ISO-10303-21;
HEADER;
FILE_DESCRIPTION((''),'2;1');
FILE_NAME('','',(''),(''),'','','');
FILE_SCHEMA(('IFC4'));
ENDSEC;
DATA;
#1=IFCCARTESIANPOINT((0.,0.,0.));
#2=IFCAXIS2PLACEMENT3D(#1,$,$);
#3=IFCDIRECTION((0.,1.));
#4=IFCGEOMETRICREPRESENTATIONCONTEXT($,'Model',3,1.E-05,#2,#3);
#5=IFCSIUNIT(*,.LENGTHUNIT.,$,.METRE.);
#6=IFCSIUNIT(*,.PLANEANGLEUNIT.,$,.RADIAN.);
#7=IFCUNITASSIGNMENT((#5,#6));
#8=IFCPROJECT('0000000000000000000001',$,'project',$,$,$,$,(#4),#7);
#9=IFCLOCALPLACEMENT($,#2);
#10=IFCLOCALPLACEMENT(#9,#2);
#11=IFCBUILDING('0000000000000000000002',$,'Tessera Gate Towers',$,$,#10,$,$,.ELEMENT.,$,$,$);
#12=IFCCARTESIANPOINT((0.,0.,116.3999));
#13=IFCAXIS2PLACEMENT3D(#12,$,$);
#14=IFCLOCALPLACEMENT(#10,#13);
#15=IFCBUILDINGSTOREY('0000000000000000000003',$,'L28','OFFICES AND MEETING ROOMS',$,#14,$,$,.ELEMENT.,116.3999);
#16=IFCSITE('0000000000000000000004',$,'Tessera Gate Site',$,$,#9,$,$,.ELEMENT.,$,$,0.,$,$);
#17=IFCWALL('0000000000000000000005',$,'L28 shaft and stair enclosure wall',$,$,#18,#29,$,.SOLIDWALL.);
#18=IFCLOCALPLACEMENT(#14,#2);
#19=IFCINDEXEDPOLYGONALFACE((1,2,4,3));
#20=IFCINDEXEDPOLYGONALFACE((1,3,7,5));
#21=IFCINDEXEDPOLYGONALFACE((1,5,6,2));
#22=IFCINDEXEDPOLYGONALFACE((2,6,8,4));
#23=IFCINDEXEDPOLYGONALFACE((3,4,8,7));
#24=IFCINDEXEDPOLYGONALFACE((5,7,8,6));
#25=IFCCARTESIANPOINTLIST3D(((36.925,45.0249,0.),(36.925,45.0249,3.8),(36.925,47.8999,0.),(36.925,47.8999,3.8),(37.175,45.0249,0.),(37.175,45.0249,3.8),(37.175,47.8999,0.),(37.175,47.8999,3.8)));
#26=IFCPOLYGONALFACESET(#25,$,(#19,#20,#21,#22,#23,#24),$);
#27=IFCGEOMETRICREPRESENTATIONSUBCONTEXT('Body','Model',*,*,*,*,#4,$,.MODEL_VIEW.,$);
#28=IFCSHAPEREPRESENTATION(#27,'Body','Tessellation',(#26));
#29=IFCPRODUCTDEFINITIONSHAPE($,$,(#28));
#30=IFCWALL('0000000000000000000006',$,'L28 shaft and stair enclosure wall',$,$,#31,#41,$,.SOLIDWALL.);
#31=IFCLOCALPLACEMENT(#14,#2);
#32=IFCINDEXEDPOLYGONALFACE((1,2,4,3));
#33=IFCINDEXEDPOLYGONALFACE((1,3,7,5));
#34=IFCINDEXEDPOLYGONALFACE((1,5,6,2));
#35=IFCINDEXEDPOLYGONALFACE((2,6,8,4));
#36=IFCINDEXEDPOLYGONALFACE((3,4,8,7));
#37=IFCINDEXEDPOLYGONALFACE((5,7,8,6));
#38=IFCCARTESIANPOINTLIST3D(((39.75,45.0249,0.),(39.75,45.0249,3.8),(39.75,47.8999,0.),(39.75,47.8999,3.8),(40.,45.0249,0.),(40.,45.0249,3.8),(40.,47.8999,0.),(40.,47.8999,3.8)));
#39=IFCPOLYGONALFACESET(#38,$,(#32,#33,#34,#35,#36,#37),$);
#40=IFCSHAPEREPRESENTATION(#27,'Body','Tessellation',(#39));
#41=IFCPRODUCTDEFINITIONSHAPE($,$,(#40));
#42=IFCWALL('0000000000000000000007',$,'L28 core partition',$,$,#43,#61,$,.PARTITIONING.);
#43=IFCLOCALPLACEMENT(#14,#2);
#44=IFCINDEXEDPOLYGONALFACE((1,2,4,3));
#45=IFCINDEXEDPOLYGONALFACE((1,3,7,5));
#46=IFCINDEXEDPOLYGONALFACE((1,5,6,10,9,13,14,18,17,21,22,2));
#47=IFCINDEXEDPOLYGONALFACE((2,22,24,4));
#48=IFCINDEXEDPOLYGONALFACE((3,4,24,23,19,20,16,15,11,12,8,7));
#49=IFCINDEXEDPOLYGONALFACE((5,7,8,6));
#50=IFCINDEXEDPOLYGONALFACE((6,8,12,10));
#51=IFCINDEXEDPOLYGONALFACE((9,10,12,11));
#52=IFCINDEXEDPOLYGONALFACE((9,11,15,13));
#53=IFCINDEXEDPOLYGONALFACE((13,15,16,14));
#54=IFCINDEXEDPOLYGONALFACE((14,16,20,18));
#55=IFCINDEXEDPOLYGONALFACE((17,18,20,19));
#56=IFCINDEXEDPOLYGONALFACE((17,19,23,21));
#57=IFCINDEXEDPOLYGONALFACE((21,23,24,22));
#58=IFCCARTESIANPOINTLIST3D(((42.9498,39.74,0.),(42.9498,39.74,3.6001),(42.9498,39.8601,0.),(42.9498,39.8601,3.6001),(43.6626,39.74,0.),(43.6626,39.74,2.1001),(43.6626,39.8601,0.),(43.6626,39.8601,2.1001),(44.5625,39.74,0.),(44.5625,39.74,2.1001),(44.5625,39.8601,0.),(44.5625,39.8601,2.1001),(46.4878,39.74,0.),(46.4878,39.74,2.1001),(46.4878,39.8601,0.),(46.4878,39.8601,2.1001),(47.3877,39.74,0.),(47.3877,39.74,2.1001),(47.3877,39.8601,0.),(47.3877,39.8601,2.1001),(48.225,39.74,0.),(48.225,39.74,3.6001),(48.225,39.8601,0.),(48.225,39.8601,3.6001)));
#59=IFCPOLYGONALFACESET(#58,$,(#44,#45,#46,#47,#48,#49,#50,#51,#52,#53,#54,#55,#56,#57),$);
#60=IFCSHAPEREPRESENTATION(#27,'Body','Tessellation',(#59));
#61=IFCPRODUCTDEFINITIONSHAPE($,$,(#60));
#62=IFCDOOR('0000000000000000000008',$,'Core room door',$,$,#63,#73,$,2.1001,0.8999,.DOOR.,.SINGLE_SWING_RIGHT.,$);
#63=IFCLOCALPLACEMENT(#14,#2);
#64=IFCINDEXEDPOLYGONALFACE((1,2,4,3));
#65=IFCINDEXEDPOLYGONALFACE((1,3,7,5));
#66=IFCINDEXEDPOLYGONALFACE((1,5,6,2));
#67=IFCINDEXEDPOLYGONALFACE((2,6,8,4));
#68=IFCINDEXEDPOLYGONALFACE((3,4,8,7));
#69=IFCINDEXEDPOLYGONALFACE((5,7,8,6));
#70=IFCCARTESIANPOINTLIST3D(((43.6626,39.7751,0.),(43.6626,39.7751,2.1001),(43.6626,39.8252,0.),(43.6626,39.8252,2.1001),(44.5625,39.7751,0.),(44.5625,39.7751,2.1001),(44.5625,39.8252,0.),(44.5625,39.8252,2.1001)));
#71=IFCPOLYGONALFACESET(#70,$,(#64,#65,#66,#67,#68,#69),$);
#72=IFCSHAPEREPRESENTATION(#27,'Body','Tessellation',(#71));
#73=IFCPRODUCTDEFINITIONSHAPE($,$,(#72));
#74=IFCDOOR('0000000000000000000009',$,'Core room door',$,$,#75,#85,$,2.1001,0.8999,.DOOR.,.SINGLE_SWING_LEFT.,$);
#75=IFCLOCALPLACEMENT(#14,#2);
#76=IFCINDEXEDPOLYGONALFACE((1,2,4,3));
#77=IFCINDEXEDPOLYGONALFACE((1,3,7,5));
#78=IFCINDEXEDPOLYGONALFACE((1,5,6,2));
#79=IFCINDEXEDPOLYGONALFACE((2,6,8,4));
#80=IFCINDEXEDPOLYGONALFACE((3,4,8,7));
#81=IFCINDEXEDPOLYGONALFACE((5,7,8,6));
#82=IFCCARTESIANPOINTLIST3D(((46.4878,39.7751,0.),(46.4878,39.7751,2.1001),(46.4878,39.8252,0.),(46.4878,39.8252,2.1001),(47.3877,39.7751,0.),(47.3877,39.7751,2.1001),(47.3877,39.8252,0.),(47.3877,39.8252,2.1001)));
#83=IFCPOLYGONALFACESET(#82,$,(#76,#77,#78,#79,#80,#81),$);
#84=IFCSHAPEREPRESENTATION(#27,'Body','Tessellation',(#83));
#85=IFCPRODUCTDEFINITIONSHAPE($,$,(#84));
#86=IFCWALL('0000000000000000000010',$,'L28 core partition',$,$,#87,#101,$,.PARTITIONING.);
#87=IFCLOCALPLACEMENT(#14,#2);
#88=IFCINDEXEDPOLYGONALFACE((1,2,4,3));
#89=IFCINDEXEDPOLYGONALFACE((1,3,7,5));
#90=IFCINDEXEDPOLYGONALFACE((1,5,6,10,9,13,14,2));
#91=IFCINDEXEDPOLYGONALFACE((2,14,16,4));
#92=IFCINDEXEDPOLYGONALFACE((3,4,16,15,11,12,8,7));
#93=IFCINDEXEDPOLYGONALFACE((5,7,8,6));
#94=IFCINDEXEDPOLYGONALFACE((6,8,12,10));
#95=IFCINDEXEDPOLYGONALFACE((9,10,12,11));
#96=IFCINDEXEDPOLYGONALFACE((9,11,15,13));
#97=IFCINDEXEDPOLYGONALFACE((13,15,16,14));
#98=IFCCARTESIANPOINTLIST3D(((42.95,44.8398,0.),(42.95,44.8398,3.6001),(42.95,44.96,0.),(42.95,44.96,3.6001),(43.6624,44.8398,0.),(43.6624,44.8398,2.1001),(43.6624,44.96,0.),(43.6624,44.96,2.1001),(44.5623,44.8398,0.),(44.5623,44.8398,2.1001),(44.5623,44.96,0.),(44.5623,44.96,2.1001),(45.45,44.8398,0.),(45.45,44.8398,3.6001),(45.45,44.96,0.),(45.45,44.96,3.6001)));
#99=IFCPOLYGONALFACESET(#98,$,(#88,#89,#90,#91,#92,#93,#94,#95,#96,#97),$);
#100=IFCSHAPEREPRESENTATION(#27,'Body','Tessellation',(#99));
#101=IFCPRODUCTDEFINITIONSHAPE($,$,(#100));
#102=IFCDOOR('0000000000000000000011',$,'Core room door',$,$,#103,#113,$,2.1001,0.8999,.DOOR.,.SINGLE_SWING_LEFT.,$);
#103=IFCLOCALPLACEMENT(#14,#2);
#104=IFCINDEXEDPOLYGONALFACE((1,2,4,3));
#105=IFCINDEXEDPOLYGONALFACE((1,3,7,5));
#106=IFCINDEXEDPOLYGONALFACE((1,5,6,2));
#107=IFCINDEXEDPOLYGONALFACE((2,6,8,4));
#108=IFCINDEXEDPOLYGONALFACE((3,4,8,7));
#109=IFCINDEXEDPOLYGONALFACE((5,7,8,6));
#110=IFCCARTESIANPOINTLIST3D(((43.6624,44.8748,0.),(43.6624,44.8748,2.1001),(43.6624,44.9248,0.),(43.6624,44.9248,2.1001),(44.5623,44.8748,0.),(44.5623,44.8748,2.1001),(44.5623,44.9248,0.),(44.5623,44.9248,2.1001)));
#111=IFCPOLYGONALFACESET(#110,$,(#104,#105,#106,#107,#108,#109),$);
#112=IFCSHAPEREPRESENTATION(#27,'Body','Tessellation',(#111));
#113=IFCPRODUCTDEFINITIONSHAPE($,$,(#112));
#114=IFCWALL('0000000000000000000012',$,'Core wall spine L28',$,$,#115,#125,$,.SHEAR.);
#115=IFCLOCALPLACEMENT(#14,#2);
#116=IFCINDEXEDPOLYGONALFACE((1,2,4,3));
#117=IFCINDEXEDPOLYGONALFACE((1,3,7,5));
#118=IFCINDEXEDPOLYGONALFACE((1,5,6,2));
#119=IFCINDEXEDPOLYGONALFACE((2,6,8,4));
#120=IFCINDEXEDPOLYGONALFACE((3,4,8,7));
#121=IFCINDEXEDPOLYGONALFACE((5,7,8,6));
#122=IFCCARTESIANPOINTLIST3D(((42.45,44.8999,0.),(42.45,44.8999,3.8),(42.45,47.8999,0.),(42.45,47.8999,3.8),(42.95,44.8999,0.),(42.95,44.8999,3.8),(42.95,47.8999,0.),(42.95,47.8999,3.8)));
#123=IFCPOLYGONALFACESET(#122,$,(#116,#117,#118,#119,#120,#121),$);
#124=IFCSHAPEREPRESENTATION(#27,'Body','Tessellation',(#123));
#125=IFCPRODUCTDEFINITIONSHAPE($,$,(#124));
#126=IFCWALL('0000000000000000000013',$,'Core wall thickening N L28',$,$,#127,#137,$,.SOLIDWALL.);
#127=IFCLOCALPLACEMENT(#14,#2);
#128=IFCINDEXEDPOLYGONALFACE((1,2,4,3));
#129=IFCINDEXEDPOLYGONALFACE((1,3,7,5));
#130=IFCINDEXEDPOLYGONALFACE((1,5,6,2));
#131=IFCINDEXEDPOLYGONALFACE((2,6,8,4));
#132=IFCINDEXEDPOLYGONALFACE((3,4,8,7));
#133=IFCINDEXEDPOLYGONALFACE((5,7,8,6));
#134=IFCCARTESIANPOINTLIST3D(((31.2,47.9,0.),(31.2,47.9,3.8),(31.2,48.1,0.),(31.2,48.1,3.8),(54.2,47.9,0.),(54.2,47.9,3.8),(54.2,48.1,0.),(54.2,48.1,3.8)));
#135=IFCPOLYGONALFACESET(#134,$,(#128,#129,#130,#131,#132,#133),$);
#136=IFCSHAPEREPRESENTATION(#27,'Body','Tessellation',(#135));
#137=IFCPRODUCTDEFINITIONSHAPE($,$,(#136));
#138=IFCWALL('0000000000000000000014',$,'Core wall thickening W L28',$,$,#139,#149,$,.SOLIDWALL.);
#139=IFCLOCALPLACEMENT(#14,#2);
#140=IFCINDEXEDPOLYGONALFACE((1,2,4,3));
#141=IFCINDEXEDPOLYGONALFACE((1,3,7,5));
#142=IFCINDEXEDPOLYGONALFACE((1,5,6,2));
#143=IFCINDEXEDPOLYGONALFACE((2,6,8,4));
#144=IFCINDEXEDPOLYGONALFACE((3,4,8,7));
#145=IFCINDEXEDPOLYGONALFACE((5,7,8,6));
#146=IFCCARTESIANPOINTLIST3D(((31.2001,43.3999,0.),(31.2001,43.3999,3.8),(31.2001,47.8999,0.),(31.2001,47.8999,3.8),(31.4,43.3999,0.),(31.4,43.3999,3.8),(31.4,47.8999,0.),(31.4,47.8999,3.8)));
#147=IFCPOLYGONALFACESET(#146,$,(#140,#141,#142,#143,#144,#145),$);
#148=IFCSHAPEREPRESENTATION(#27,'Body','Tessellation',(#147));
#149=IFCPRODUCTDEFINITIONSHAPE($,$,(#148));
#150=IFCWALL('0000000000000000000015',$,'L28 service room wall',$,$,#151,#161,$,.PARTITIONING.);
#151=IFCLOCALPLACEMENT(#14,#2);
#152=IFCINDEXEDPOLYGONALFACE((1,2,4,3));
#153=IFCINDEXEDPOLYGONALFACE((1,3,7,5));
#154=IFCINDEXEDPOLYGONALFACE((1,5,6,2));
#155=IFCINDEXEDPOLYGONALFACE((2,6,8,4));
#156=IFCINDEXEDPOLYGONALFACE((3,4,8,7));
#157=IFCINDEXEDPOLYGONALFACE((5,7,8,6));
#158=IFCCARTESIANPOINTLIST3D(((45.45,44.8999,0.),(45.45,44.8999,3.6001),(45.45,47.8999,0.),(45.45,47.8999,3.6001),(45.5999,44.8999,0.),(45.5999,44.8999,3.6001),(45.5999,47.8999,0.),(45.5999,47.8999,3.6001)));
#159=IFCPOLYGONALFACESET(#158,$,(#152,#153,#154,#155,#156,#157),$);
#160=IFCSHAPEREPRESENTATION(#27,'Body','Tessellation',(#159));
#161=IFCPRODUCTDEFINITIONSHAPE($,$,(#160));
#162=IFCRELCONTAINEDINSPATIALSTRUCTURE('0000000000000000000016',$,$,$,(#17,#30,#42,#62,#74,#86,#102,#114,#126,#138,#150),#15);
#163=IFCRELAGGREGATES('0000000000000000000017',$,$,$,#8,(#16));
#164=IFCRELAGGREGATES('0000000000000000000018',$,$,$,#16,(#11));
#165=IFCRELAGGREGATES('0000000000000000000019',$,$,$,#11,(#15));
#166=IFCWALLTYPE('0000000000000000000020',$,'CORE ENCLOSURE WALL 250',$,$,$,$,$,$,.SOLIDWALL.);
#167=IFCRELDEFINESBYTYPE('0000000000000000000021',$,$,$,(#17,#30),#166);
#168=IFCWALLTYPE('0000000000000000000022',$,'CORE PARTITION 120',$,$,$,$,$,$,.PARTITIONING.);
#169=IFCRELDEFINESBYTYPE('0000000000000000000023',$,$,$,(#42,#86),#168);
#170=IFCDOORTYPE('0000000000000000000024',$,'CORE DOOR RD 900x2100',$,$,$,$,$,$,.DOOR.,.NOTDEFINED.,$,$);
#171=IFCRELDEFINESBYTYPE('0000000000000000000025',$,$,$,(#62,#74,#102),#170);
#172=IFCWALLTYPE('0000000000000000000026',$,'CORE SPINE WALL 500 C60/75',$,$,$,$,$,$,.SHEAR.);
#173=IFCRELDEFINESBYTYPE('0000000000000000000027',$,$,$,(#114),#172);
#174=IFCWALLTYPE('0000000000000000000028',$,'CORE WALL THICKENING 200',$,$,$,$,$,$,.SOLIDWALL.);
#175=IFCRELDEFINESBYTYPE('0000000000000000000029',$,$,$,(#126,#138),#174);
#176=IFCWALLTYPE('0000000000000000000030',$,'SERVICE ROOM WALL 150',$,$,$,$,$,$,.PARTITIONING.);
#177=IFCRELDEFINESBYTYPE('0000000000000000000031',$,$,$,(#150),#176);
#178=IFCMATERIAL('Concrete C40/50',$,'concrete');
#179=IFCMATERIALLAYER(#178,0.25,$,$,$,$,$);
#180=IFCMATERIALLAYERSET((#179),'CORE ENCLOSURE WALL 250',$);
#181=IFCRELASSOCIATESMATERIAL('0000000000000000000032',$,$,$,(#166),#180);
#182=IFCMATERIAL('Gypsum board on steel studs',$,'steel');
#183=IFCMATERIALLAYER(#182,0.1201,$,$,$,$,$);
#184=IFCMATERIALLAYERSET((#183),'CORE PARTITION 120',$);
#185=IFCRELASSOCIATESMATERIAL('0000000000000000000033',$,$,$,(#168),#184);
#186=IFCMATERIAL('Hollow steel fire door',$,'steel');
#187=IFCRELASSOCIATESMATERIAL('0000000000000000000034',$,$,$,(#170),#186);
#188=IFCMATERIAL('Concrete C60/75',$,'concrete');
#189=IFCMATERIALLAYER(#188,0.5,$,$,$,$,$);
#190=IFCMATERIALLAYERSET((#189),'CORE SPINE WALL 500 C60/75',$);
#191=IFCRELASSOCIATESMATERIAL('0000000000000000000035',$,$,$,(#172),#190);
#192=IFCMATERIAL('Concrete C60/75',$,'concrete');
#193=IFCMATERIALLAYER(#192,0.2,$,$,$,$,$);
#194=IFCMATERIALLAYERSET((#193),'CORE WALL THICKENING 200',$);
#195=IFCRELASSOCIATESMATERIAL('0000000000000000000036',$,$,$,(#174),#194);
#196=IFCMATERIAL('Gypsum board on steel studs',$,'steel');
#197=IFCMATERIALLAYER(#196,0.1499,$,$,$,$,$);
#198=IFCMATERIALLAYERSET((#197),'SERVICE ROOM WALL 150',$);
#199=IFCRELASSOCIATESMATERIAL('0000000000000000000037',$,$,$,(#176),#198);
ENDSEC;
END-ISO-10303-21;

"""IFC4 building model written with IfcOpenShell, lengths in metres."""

from ifc_helpers import new_model, si_unit, direction, frame, frame_2d, origin, place, context, subcontext, project, spatial, rectangle, extrude, source, transform, mapped, material, layer, layer_set, type_object, element, fill, save


model = new_model("IFC4")

# Units and contexts
model_context = context("Model", 3, precision=1e-05, world=origin(), true_north=direction((0.0, 1.0)))
body_context = subcontext(model_context, "Body", "Model", "MODEL_VIEW")
ifc_project = project(units=[si_unit("LENGTHUNIT", "METRE"), si_unit("PLANEANGLEUNIT", "RADIAN")], contexts=[model_context])

# Site, building, storey
site_placement = place(None, origin())
site = spatial("IfcSite", under=ifc_project, at=site_placement, Name="Tessera Gate Site", CompositionType="ELEMENT", RefElevation=0.0)
building_placement = place(site_placement, origin())
building = spatial("IfcBuilding", under=site, at=building_placement, Name="Tessera Gate Towers", CompositionType="ELEMENT")
storey_placement = place(building_placement, frame((0.0, 0.0, 116.3999)))
storey = spatial("IfcBuildingStorey", under=building, at=storey_placement, Name="L28", Description="OFFICES AND MEETING ROOMS", CompositionType="ELEMENT", Elevation=116.3999)

# Shared definitions
ifc_material_1 = material(Name="Concrete C40/50", Category="concrete")
ifc_layer_1 = layer(ifc_material_1, 0.25)
ifc_layer_set_1 = layer_set([ifc_layer_1], Name="CORE ENCLOSURE WALL 250")
wall_type_1 = type_object("IfcWallType", Name="CORE ENCLOSURE WALL 250", PredefinedType="SOLIDWALL", material=ifc_layer_set_1)

# Walls
for number, where, z_axis, x_axis, name in (
    (1, (37.05, 45.0249, 0.0), (0.0, 0.0, 1.0), (0.0, 1.0, 0.0), "L28 shaft and stair enclosure wall"),
    (2, (39.875, 45.0249, 0.0), (0.0, 0.0, 1.0), (0.0, 1.0, 0.0), "L28 shaft and stair enclosure wall"),
):
    element("IfcWall", number, at=place(storey_placement, frame(where, z_axis=z_axis, x_axis=x_axis)), inside=storey, type_object=wall_type_1, Name=name, PredefinedType="SOLIDWALL", context=body_context, shape_type="SweptSolid", body=[
        extrude(rectangle(XDim=2.875, YDim=0.25, at=frame_2d((1.4375, 0.0))), origin(), (0.0, 0.0, 1.0), 3.8),
    ])

# Wall, openings, doors
ifc_material_2 = material(Name="Gypsum board on steel studs", Category="steel")
ifc_layer_2 = layer(ifc_material_2, 0.1201)
ifc_layer_set_2 = layer_set([ifc_layer_2], Name="CORE PARTITION 120")
wall_type_2 = type_object("IfcWallType", Name="CORE PARTITION 120", PredefinedType="PARTITIONING", material=ifc_layer_set_2)
wall_1_placement = place(storey_placement, frame((48.2251, 39.8, 0.0), z_axis=(0.0, 0.0, 1.0), x_axis=(-1.0, 0.0, 0.0)))
wall_1 = element("IfcWall", 3, at=wall_1_placement, inside=storey, type_object=wall_type_2, Name="L28 core partition", PredefinedType="PARTITIONING", context=body_context, shape_type="SweptSolid", body=[
    extrude(rectangle(XDim=5.2751, YDim=0.1201, at=frame_2d((2.6377, 0.0))), origin(), (0.0, 0.0, 1.0), 3.6001),
])
shared_shape_1 = source(origin(), body_context, "Body", "SweptSolid", [
    extrude(rectangle(XDim=0.8999, YDim=2.1001, at=frame_2d((0.45, 1.05))), frame((0.0, 0.0701, 0.0), z_axis=(0.0, -1.0, 0.0), x_axis=(1.0, 0.0, 0.0)), (0.0, 0.0, 1.0), 0.1401),
])
opening_1_placement = place(wall_1_placement, frame((3.6626, 0.0, 0.0)))
opening_1 = element("IfcOpeningElement", 4, at=opening_1_placement, cuts=wall_1, PredefinedType="OPENING", context=body_context, shape_type="MappedRepresentation", body=[
    mapped(shared_shape_1, transform((0.0, 0.0, 0.0), scale=1.0)),
])
opening_2_placement = place(wall_1_placement, frame((0.8374, 0.0, 0.0)))
opening_2 = element("IfcOpeningElement", 5, at=opening_2_placement, cuts=wall_1, PredefinedType="OPENING", context=body_context, shape_type="MappedRepresentation", body=[
    mapped(shared_shape_1, transform((0.0, 0.0, 0.0), scale=1.0)),
])
ifc_material_3 = material(Name="Hollow steel fire door", Category="steel")
door_type_1 = type_object("IfcDoorType", Name="CORE DOOR RD 900x2100", OperationType="NOTDEFINED", PredefinedType="DOOR", material=ifc_material_3)
shared_shape_2 = source(origin(), body_context, "Body", "SweptSolid", [
    extrude(rectangle(XDim=0.8999, YDim=2.1001, at=frame_2d((0.45, 1.05))), frame((0.0, 0.0249, 0.0), z_axis=(0.0, -1.0, 0.0), x_axis=(1.0, 0.0, 0.0)), (0.0, 0.0, 1.0), 0.05),
])
door_1_placement = place(opening_1_placement, origin())
door_1 = element("IfcDoor", 6, at=door_1_placement, inside=storey, type_object=door_type_1, Name="Core room door", OperationType="SINGLE_SWING_RIGHT", OverallHeight=2.1001, OverallWidth=0.8999, PredefinedType="DOOR", context=body_context, shape_type="MappedRepresentation", body=[
    mapped(shared_shape_2, transform((0.0, 0.0, 0.0), scale=1.0)),
])
fill(opening_1, door_1)
door_2_placement = place(opening_2_placement, origin())
door_2 = element("IfcDoor", 7, at=door_2_placement, inside=storey, type_object=door_type_1, Name="Core room door", OperationType="SINGLE_SWING_LEFT", OverallHeight=2.1001, OverallWidth=0.8999, PredefinedType="DOOR", context=body_context, shape_type="MappedRepresentation", body=[
    mapped(shared_shape_2, transform((0.0, 0.0, 0.0), scale=1.0)),
])
fill(opening_2, door_2)

# Wall, opening, door
wall_2_placement = place(storey_placement, frame((42.95, 44.8999, 0.0), z_axis=(0.0, 0.0, 1.0), x_axis=(1.0, 0.0, 0.0)))
wall_2 = element("IfcWall", 8, at=wall_2_placement, inside=storey, type_object=wall_type_2, Name="L28 core partition", PredefinedType="PARTITIONING", context=body_context, shape_type="SweptSolid", body=[
    extrude(rectangle(XDim=2.5, YDim=0.1201, at=frame_2d((1.25, 0.0))), origin(), (0.0, 0.0, 1.0), 3.6001),
])
opening_3_placement = place(wall_2_placement, frame((0.7124, 0.0, 0.0)))
opening_3 = element("IfcOpeningElement", 9, at=opening_3_placement, cuts=wall_2, PredefinedType="OPENING", context=body_context, shape_type="MappedRepresentation", body=[
    mapped(shared_shape_1, transform((0.0, 0.0, 0.0), scale=1.0)),
])
door_3_placement = place(opening_3_placement, origin())
door_3 = element("IfcDoor", 10, at=door_3_placement, inside=storey, type_object=door_type_1, Name="Core room door", OperationType="SINGLE_SWING_LEFT", OverallHeight=2.1001, OverallWidth=0.8999, PredefinedType="DOOR", context=body_context, shape_type="MappedRepresentation", body=[
    mapped(shared_shape_2, transform((0.0, 0.0, 0.0), scale=1.0)),
])
fill(opening_3, door_3)

# Walls
ifc_material_4 = material(Name="Concrete C60/75", Category="concrete")
ifc_layer_3 = layer(ifc_material_4, 0.5)
ifc_layer_set_3 = layer_set([ifc_layer_3], Name="CORE SPINE WALL 500 C60/75")
wall_type_3 = type_object("IfcWallType", Name="CORE SPINE WALL 500 C60/75", PredefinedType="SHEAR", material=ifc_layer_set_3)
wall_3_placement = place(storey_placement, frame((42.7, 44.8999, 0.0), z_axis=(0.0, 0.0, 1.0), x_axis=(0.0, 1.0, 0.0)))
element("IfcWall", 11, at=wall_3_placement, inside=storey, type_object=wall_type_3, Name="Core wall spine L28", PredefinedType="SHEAR", context=body_context, shape_type="SweptSolid", body=[
    extrude(rectangle(XDim=3.0, YDim=0.5, at=frame_2d((1.5, 0.0))), origin(), (0.0, 0.0, 1.0), 3.8),
])
ifc_material_5 = material(Name="Concrete C60/75", Category="concrete")
ifc_layer_4 = layer(ifc_material_5, 0.2)
ifc_layer_set_4 = layer_set([ifc_layer_4], Name="CORE WALL THICKENING 200")
wall_type_4 = type_object("IfcWallType", Name="CORE WALL THICKENING 200", PredefinedType="SOLIDWALL", material=ifc_layer_set_4)
wall_4_placement = place(storey_placement, frame((31.2, 48.0, 0.0), z_axis=(0.0, 0.0, 1.0), x_axis=(1.0, 0.0, 0.0)))
element("IfcWall", 12, at=wall_4_placement, inside=storey, type_object=wall_type_4, Name="Core wall thickening N L28", PredefinedType="SOLIDWALL", context=body_context, shape_type="SweptSolid", body=[
    extrude(rectangle(XDim=23.0, YDim=0.2, at=frame_2d((11.5, 0.0))), origin(), (0.0, 0.0, 1.0), 3.8),
])
wall_5_placement = place(storey_placement, frame((31.3, 43.3999, 0.0), z_axis=(0.0, 0.0, 1.0), x_axis=(0.0, 1.0, 0.0)))
element("IfcWall", 13, at=wall_5_placement, inside=storey, type_object=wall_type_4, Name="Core wall thickening W L28", PredefinedType="SOLIDWALL", context=body_context, shape_type="SweptSolid", body=[
    extrude(rectangle(XDim=4.5, YDim=0.2, at=frame_2d((2.25, 0.0))), origin(), (0.0, 0.0, 1.0), 3.8),
])
ifc_material_6 = material(Name="Gypsum board on steel studs", Category="steel")
ifc_layer_5 = layer(ifc_material_6, 0.1499)
ifc_layer_set_5 = layer_set([ifc_layer_5], Name="SERVICE ROOM WALL 150")
wall_type_5 = type_object("IfcWallType", Name="SERVICE ROOM WALL 150", PredefinedType="PARTITIONING", material=ifc_layer_set_5)
wall_6_placement = place(storey_placement, frame((45.5249, 44.8999, 0.0), z_axis=(0.0, 0.0, 1.0), x_axis=(0.0, 1.0, 0.0)))
element("IfcWall", 14, at=wall_6_placement, inside=storey, type_object=wall_type_5, Name="L28 service room wall", PredefinedType="PARTITIONING", context=body_context, shape_type="SweptSolid", body=[
    extrude(rectangle(XDim=3.0, YDim=0.1499, at=frame_2d((1.5, 0.0))), origin(), (0.0, 0.0, 1.0), 3.6001),
])

save(model, "model.ifc")
